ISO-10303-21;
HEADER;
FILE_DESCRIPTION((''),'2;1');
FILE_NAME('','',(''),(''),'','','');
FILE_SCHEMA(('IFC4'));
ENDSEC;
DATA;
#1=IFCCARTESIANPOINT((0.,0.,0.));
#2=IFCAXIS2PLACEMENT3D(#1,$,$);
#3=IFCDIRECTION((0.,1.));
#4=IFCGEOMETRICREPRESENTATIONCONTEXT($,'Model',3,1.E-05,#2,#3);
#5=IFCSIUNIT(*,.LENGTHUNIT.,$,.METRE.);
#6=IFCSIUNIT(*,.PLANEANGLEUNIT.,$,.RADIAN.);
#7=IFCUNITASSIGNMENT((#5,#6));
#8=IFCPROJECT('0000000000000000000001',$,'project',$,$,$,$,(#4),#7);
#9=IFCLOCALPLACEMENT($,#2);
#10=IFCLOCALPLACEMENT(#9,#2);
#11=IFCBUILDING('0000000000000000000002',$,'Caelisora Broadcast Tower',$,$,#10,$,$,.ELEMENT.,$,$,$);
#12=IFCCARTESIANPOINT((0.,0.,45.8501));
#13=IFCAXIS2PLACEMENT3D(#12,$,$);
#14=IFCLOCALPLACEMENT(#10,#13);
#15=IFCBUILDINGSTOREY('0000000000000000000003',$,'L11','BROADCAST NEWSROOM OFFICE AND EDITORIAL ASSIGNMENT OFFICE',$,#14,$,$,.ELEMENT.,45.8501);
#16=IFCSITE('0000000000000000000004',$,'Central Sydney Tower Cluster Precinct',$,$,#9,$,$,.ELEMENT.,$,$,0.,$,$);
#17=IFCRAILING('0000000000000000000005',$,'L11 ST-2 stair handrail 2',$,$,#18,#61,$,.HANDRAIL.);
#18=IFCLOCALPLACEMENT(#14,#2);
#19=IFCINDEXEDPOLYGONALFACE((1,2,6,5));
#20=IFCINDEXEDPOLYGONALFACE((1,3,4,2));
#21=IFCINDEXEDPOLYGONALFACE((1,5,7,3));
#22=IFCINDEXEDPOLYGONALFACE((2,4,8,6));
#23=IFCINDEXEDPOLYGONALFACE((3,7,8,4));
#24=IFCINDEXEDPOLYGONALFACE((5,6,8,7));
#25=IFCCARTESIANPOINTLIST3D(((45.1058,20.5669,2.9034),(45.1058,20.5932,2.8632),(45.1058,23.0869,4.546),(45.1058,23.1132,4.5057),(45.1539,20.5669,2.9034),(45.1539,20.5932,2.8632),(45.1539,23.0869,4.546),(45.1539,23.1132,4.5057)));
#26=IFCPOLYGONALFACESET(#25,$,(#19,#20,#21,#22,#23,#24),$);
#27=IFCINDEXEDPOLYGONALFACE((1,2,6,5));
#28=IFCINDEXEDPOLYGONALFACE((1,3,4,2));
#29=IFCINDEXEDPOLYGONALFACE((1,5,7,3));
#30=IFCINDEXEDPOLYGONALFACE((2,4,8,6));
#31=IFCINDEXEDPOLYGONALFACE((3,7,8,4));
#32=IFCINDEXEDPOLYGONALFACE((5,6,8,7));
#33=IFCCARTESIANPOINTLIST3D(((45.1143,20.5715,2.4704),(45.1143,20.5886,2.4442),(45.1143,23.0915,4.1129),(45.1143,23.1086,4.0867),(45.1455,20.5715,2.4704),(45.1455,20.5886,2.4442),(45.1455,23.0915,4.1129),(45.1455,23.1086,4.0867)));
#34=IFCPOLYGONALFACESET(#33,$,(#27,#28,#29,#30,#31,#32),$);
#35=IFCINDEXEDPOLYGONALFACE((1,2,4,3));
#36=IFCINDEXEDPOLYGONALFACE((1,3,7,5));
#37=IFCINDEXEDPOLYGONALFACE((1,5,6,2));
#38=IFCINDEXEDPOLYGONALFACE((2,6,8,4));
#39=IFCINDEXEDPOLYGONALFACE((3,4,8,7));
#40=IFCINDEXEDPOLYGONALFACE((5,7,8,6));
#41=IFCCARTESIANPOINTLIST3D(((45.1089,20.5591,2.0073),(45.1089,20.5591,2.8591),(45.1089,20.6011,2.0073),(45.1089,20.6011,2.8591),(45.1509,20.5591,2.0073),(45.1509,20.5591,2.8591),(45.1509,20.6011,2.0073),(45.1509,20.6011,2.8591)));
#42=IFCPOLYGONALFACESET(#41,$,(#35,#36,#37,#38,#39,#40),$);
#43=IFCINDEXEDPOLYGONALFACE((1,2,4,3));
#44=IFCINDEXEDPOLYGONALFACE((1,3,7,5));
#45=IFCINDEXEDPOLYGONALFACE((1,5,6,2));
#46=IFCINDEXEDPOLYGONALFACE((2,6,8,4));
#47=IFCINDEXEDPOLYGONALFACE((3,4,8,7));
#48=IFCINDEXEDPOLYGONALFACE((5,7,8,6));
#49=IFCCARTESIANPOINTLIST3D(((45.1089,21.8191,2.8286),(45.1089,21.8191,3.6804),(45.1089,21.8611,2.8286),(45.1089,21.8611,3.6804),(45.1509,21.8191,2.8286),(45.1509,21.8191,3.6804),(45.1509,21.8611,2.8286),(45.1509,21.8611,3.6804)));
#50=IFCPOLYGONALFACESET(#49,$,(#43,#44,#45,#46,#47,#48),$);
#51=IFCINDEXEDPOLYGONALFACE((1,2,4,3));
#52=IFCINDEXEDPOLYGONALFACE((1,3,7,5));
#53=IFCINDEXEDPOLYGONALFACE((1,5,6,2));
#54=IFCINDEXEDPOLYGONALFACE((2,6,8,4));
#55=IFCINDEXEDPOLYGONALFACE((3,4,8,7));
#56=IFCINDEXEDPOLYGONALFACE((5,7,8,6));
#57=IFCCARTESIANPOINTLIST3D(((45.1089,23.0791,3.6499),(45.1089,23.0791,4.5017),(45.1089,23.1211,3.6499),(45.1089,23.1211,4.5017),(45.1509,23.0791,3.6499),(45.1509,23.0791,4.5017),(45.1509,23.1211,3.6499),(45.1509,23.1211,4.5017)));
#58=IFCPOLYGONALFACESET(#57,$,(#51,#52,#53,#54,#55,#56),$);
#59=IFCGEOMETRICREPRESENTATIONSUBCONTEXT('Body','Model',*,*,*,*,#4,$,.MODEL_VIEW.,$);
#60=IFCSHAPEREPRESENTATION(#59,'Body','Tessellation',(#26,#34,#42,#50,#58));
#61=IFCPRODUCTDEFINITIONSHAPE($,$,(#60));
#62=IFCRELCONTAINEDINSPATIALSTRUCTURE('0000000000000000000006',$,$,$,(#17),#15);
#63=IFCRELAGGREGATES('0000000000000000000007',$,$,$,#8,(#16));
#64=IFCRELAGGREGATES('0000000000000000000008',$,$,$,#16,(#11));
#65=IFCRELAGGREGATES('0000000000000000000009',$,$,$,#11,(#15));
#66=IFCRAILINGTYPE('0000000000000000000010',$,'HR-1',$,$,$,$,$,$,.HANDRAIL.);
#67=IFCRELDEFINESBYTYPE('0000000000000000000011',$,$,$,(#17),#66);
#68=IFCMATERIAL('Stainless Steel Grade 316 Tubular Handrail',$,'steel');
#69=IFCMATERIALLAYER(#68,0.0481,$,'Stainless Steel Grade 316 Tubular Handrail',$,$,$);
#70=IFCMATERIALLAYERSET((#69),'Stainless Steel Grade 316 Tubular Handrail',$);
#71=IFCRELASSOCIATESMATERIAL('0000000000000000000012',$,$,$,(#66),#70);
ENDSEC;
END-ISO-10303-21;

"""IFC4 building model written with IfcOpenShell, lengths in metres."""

from ifc_helpers import new_model, si_unit, direction, frame, origin, origin_2d, place, context, subcontext, project, spatial, rectangle, extrude, material, layer, layer_set, type_object, element, save


model = new_model("IFC4")

# Units and contexts
model_context = context("Model", 3, precision=1e-05, world=origin(), true_north=direction((0.0, 1.0)))
body_context = subcontext(model_context, "Body", "Model", "MODEL_VIEW")
ifc_project = project(units=[si_unit("LENGTHUNIT", "METRE"), si_unit("PLANEANGLEUNIT", "RADIAN")], contexts=[model_context])

# Site, building, storey
site_placement = place(None, origin())
site = spatial("IfcSite", under=ifc_project, at=site_placement, Name="Central Sydney Tower Cluster Precinct", CompositionType="ELEMENT", RefElevation=0.0)
building_placement = place(site_placement, origin())
building = spatial("IfcBuilding", under=site, at=building_placement, Name="Caelisora Broadcast Tower", CompositionType="ELEMENT")
storey_placement = place(building_placement, frame((0.0, 0.0, 45.8501)))
storey = spatial("IfcBuildingStorey", under=building, at=storey_placement, Name="L11", Description="BROADCAST NEWSROOM OFFICE AND EDITORIAL ASSIGNMENT OFFICE", CompositionType="ELEMENT", Elevation=45.8501)

# Railing
ifc_material_1 = material(Name="Stainless Steel Grade 316 Tubular Handrail", Category="steel")
ifc_layer_1 = layer(ifc_material_1, 0.0481, Name="Stainless Steel Grade 316 Tubular Handrail")
ifc_layer_set_1 = layer_set([ifc_layer_1], Name="Stainless Steel Grade 316 Tubular Handrail")
railing_type_1 = type_object("IfcRailingType", Name="HR-1", PredefinedType="HANDRAIL", material=ifc_layer_set_1)
railing_1_placement = place(storey_placement, frame((45.1299, 20.5801, 2.0073)))
element("IfcRailing", 1, at=railing_1_placement, inside=storey, type_object=railing_type_1, Name="L11 ST-2 stair handrail 2", PredefinedType="HANDRAIL", context=body_context, shape_type="SweptSolid", body=[
    extrude(rectangle(XDim=0.0481, YDim=0.0481, at=origin_2d()), frame((0.0, 0.0, 0.876), z_axis=(0.0, 0.837749, 0.546055), x_axis=(-1.0, 0.0, 0.0)), (0.0, 0.0, 1.0), 3.0081),
    extrude(rectangle(XDim=0.0312, YDim=0.0312, at=origin_2d()), frame((0.0, 0.0, 0.45), z_axis=(0.0, 0.837749, 0.546055), x_axis=(-1.0, 0.0, 0.0)), (0.0, 0.0, 1.0), 3.0081),
    extrude(rectangle(XDim=0.042, YDim=0.042, at=origin_2d()), origin(), (0.0, 0.0, 1.0), 0.8518),
    extrude(rectangle(XDim=0.042, YDim=0.042, at=origin_2d()), frame((0.0, 1.26, 0.8213)), (0.0, 0.0, 1.0), 0.8518),
    extrude(rectangle(XDim=0.042, YDim=0.042, at=origin_2d()), frame((0.0, 2.52, 1.6426)), (0.0, 0.0, 1.0), 0.8518),
])

save(model, "model.ifc")
